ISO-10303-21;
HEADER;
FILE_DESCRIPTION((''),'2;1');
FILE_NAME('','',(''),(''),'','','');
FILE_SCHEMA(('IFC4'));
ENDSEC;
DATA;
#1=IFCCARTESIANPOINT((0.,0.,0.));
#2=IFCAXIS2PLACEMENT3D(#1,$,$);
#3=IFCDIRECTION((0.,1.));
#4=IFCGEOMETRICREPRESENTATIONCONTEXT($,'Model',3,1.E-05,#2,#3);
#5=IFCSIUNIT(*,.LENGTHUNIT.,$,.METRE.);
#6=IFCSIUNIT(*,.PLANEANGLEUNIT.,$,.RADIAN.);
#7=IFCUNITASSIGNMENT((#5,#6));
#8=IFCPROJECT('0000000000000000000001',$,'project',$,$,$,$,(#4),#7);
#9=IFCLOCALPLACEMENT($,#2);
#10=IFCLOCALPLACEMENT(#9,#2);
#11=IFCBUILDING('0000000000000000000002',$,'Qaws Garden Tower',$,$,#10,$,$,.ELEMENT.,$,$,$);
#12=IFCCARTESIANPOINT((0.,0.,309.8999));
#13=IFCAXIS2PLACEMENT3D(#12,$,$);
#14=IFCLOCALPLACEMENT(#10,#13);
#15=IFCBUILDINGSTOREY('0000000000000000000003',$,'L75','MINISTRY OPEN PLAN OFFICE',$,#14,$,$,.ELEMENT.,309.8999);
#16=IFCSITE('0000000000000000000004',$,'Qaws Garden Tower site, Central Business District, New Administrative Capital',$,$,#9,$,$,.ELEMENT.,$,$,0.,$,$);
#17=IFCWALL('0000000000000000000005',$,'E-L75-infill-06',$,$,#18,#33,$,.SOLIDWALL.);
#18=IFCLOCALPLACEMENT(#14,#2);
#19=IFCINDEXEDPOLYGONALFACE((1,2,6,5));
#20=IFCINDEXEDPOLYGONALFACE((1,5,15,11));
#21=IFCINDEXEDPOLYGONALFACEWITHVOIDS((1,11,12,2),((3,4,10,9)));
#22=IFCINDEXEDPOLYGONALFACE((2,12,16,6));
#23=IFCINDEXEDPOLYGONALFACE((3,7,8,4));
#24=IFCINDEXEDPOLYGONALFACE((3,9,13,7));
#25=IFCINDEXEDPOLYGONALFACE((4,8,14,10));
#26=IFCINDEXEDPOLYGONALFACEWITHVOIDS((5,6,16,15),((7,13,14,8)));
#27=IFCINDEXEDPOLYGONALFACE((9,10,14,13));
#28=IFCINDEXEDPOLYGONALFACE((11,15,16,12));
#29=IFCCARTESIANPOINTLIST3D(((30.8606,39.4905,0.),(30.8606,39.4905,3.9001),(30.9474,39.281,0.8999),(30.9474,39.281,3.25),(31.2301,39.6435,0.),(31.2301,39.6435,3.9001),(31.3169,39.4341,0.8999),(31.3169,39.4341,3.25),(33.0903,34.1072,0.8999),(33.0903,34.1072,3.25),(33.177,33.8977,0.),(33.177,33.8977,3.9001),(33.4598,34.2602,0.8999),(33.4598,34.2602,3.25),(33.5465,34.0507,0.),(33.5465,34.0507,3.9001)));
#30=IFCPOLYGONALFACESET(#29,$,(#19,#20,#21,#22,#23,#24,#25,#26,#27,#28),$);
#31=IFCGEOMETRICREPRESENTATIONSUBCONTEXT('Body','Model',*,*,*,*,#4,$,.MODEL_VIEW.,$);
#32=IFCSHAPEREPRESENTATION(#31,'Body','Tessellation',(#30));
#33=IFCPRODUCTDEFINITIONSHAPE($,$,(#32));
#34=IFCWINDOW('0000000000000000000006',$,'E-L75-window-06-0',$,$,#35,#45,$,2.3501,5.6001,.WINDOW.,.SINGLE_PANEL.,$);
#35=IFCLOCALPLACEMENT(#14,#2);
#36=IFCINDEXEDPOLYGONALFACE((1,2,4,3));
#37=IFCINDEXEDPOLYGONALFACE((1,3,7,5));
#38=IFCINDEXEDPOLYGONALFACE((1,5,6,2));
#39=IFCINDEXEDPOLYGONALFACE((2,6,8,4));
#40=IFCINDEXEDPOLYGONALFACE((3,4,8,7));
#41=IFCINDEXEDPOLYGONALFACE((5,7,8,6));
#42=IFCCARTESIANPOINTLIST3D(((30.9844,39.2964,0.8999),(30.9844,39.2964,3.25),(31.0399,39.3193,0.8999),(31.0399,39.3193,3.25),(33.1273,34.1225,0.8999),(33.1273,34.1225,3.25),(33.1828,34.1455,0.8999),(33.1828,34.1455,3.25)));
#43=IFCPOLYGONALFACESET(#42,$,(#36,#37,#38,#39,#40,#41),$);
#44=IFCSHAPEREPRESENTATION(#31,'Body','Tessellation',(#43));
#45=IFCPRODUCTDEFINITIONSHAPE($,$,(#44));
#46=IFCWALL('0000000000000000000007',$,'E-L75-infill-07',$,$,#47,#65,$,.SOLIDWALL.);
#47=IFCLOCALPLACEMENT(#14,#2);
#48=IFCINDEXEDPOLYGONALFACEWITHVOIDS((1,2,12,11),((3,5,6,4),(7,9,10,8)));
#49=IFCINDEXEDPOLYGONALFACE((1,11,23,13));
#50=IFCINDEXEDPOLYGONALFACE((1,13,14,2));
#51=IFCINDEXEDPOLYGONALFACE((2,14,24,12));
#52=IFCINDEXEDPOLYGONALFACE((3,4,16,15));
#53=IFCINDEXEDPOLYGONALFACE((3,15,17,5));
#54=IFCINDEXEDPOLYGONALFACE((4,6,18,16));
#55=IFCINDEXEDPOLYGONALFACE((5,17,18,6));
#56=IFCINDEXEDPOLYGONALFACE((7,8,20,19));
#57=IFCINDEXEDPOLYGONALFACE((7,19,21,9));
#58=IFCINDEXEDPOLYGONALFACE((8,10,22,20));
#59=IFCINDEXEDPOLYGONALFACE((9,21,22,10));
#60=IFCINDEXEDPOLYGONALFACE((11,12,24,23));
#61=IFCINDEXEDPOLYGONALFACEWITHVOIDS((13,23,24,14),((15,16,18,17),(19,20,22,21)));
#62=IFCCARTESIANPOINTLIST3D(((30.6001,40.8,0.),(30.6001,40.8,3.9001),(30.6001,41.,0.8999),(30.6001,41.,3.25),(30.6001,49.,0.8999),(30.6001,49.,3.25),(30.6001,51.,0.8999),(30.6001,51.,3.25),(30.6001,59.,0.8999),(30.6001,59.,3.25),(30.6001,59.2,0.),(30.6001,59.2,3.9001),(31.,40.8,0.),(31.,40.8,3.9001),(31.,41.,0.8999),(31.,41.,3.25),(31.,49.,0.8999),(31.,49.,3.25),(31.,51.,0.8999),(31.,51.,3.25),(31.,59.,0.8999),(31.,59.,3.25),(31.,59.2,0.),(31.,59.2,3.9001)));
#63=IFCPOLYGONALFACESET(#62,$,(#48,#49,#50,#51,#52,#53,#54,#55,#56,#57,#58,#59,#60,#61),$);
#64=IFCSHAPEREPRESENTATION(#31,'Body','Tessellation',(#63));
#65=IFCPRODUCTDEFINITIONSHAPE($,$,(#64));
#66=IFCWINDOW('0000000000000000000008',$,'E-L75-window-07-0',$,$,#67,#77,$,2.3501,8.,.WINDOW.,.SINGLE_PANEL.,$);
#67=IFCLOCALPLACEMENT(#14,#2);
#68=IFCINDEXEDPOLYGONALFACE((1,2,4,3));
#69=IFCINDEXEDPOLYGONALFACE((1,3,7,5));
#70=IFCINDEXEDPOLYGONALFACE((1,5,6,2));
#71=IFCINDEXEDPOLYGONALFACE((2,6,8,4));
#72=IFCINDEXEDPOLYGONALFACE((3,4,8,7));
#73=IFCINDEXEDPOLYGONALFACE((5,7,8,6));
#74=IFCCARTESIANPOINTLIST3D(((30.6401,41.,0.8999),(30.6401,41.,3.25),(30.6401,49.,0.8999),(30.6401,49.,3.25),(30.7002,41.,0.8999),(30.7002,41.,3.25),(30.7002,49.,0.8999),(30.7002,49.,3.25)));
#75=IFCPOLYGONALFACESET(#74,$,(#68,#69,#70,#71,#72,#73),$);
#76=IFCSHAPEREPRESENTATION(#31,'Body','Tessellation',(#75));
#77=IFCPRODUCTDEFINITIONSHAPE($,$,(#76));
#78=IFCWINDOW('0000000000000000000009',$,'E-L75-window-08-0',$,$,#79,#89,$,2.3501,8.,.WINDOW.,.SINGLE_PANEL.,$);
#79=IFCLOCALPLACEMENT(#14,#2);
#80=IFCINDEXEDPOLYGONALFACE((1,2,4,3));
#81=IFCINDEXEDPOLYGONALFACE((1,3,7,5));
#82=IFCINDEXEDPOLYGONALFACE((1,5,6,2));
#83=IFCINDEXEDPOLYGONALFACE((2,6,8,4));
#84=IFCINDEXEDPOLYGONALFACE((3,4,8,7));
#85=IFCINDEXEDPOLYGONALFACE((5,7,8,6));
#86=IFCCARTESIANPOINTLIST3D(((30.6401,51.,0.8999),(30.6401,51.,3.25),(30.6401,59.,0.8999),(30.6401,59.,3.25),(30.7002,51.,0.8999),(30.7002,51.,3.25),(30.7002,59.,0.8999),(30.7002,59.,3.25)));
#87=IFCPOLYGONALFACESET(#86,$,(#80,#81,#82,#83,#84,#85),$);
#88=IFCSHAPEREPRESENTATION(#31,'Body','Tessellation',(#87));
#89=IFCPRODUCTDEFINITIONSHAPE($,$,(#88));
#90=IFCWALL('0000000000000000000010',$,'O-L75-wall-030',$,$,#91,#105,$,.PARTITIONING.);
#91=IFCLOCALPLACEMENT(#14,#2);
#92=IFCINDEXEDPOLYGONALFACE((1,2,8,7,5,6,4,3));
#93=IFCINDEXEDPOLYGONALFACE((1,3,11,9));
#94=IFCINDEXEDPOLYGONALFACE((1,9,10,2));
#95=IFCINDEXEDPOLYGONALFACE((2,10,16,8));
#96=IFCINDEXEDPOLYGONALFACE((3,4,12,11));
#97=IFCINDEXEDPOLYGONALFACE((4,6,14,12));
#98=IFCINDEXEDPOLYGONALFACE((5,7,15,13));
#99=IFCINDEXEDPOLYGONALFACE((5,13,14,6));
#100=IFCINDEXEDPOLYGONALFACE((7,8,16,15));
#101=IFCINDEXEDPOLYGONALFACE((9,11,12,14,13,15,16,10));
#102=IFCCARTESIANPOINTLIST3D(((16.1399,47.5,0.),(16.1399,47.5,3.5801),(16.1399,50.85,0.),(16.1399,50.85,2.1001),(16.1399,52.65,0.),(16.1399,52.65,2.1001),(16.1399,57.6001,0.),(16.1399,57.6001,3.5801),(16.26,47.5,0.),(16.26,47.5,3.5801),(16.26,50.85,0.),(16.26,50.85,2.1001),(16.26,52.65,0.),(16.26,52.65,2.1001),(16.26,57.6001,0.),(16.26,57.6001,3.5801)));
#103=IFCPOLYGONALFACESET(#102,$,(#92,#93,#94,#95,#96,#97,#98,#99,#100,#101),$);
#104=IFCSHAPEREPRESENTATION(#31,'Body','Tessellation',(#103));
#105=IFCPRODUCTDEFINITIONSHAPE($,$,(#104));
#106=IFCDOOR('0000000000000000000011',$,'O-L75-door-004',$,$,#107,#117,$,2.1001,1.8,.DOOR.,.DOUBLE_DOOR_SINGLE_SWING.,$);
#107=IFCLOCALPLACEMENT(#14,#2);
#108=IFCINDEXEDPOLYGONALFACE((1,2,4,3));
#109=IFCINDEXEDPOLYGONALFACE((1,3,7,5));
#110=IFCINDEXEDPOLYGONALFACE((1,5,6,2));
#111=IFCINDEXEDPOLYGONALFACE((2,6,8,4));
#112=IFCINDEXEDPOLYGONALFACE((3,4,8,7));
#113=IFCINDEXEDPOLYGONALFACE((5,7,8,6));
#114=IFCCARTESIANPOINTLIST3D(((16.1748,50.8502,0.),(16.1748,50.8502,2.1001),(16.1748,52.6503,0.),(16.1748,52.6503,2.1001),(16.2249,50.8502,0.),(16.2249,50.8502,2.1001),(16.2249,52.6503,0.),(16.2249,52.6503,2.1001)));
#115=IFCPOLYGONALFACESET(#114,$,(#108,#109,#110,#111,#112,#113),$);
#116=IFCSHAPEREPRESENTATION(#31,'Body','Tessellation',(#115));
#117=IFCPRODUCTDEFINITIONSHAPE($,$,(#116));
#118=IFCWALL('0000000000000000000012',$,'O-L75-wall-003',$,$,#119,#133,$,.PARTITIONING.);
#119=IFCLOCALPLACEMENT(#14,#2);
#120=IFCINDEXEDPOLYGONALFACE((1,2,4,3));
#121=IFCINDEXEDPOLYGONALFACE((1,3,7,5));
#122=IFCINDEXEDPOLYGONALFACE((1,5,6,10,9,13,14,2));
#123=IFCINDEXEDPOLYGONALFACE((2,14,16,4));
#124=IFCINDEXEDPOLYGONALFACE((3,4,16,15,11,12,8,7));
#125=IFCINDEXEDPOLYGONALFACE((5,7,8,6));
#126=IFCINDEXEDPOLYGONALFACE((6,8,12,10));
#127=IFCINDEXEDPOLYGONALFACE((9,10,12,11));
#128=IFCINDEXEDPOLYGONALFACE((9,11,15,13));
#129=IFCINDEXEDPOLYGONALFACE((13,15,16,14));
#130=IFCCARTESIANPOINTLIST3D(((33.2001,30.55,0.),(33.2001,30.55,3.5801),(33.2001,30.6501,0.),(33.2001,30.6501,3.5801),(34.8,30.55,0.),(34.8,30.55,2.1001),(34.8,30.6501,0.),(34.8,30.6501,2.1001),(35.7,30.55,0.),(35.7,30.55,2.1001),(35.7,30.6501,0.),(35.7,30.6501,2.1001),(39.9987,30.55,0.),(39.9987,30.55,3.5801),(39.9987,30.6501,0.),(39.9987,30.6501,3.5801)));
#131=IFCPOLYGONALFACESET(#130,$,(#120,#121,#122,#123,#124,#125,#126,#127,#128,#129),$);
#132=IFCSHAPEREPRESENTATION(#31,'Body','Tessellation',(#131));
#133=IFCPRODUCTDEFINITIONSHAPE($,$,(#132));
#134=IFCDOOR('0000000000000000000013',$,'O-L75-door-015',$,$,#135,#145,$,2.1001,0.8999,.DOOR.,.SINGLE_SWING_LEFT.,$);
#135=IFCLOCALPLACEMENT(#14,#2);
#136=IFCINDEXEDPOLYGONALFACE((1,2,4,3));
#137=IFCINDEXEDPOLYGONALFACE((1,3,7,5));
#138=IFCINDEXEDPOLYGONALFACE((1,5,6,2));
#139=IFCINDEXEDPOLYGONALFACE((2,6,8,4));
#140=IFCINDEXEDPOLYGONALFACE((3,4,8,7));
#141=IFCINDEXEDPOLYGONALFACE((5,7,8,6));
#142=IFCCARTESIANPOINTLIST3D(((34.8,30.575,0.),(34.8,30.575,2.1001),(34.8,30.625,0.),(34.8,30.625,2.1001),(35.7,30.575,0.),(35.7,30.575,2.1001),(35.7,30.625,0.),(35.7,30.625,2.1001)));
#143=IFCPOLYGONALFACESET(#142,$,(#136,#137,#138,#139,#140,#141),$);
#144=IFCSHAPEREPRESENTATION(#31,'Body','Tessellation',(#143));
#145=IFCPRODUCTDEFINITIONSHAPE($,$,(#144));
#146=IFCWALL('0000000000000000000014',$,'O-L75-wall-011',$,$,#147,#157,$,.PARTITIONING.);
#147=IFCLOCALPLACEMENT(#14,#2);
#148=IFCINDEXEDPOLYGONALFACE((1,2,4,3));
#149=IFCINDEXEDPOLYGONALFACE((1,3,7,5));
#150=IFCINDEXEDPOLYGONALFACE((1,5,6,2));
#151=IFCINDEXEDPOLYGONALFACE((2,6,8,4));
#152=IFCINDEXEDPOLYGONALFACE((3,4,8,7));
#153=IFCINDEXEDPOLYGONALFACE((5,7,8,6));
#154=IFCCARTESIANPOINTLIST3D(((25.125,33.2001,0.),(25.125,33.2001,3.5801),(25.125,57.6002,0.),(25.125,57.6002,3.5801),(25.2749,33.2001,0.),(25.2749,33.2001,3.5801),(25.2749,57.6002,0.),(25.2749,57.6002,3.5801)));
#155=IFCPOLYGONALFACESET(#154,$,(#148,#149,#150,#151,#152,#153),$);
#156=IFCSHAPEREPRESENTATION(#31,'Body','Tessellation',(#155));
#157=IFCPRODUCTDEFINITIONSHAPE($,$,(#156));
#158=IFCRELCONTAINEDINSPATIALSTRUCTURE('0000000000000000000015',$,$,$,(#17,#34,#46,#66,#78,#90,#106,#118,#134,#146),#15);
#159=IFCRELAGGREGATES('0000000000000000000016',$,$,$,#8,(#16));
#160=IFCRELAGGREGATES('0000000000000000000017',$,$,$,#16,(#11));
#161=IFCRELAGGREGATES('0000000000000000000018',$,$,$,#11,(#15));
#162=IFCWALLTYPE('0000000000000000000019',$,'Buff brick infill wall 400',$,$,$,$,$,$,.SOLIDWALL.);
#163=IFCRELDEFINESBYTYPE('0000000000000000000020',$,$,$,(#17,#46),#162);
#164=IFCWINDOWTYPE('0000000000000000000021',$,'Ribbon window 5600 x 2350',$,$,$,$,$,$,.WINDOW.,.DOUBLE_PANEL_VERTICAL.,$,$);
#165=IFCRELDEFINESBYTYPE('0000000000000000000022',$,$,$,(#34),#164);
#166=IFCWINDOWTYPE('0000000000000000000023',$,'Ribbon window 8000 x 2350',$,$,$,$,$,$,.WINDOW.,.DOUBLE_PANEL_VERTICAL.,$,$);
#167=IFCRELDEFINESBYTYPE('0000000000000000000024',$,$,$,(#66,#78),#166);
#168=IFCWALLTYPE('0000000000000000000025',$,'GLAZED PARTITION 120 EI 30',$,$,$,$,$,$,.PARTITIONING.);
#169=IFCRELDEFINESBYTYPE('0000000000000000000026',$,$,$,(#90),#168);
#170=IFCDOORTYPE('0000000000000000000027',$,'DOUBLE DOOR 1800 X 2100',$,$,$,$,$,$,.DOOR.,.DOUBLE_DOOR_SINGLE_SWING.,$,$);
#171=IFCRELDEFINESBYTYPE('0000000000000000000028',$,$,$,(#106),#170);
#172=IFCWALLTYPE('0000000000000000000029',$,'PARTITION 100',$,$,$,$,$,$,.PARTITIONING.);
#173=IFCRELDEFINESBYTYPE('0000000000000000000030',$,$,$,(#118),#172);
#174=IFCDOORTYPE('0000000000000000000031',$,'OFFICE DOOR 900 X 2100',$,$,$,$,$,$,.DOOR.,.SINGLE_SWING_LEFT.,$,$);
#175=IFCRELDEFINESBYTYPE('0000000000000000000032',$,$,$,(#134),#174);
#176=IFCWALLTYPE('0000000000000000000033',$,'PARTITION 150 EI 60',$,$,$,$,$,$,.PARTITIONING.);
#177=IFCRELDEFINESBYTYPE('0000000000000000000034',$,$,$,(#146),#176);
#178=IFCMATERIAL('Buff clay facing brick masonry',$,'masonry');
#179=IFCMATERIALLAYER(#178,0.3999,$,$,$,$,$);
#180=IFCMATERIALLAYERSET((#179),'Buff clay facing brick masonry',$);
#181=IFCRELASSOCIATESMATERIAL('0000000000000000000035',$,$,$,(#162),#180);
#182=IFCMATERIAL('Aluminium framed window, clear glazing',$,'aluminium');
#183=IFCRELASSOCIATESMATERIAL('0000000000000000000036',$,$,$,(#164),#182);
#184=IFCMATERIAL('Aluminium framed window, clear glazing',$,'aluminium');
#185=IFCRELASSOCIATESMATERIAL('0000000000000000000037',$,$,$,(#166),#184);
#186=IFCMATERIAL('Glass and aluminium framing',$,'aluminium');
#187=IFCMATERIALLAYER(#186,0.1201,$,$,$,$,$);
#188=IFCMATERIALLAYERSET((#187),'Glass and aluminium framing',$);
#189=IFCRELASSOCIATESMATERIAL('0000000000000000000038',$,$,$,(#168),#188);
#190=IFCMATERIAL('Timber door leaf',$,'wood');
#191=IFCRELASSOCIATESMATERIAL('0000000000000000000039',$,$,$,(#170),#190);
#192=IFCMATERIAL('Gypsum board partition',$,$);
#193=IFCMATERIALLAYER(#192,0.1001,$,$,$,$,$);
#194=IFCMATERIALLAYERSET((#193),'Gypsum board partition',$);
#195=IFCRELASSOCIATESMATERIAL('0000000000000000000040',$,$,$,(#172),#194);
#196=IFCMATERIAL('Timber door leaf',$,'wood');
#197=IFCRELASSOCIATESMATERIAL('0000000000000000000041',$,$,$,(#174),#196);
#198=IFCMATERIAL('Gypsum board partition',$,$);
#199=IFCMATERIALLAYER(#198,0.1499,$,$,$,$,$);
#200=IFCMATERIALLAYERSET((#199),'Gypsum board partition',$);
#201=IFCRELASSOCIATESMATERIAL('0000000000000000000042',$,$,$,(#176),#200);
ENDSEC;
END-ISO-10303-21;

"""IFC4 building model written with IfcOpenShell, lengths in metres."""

from ifc_helpers import new_model, si_unit, direction, frame, frame_2d, origin, place, context, subcontext, project, spatial, rectangle, extrude, material, layer, layer_set, type_object, element, fill, save


model = new_model("IFC4")

# Units and contexts
model_context = context("Model", 3, precision=1e-05, world=origin(), true_north=direction((0.0, 1.0)))
body_context = subcontext(model_context, "Body", "Model", "MODEL_VIEW")
ifc_project = project(units=[si_unit("LENGTHUNIT", "METRE"), si_unit("PLANEANGLEUNIT", "RADIAN")], contexts=[model_context])

# Site, building, storey
site_placement = place(None, origin())
site = spatial("IfcSite", under=ifc_project, at=site_placement, Name="Qaws Garden Tower site, Central Business District, New Administrative Capital", CompositionType="ELEMENT", RefElevation=0.0)
building_placement = place(site_placement, origin())
building = spatial("IfcBuilding", under=site, at=building_placement, Name="Qaws Garden Tower", CompositionType="ELEMENT")
storey_placement = place(building_placement, frame((0.0, 0.0, 309.8999)))
storey = spatial("IfcBuildingStorey", under=building, at=storey_placement, Name="L75", Description="MINISTRY OPEN PLAN OFFICE", CompositionType="ELEMENT", Elevation=309.8999)

# Wall, opening, window
ifc_material_1 = material(Name="Buff clay facing brick masonry", Category="masonry")
ifc_layer_1 = layer(ifc_material_1, 0.3999)
ifc_layer_set_1 = layer_set([ifc_layer_1], Name="Buff clay facing brick masonry")
wall_type_1 = type_object("IfcWallType", Name="Buff brick infill wall 400", PredefinedType="SOLIDWALL", material=ifc_layer_set_1)
ifc_material_2 = material(Name="Aluminium framed window, clear glazing", Category="aluminium")
window_type_1 = type_object("IfcWindowType", Name="Ribbon window 5600 x 2350", PartitioningType="DOUBLE_PANEL_VERTICAL", PredefinedType="WINDOW", material=ifc_material_2)
wall_1_placement = place(storey_placement, frame((33.3618, 33.9741, 0.0), z_axis=(0.0, 0.0, 1.0), x_axis=(-0.382656, 0.923891, 0.0)))
wall_1 = element("IfcWall", 1, at=wall_1_placement, inside=storey, type_object=wall_type_1, Name="E-L75-infill-06", PredefinedType="SOLIDWALL", context=body_context, shape_type="SweptSolid", body=[
    extrude(rectangle(XDim=6.0535, YDim=0.3999, at=frame_2d((3.0269, 0.0))), origin(), (0.0, 0.0, 1.0), 3.9001),
])
opening_1_placement = place(wall_1_placement, frame((0.2268, 0.0, 0.8999)))
opening_1 = element("IfcOpeningElement", 2, at=opening_1_placement, cuts=wall_1, PredefinedType="OPENING", context=body_context, shape_type="SweptSolid", body=[
    extrude(rectangle(XDim=5.6001, YDim=2.3501, at=frame_2d((2.8, 1.175))), frame((0.0, 0.21, 0.0), z_axis=(0.0, -1.0, 0.0), x_axis=(1.0, 0.0, 0.0)), (0.0, 0.0, 1.0), 0.4199),
])
window_1_placement = place(opening_1_placement, origin())
window_1 = element("IfcWindow", 3, at=window_1_placement, inside=storey, type_object=window_type_1, Name="E-L75-window-06-0", OverallHeight=2.3501, OverallWidth=5.6001, PartitioningType="SINGLE_PANEL", PredefinedType="WINDOW", context=body_context, shape_type="SweptSolid", body=[
    extrude(rectangle(XDim=5.6001, YDim=2.3501, at=frame_2d((2.8, 1.175))), frame((0.0, 0.1599, 0.0), z_axis=(0.0, -1.0, 0.0), x_axis=(1.0, 0.0, 0.0)), (0.0, 0.0, 1.0), 0.0601),
])
fill(opening_1, window_1)

# Wall, openings, windows
wall_2_placement = place(storey_placement, frame((30.8, 40.8, 0.0), z_axis=(0.0, 0.0, 1.0), x_axis=(0.0, 1.0, 0.0)))
wall_2 = element("IfcWall", 4, at=wall_2_placement, inside=storey, type_object=wall_type_1, Name="E-L75-infill-07", PredefinedType="SOLIDWALL", context=body_context, shape_type="SweptSolid", body=[
    extrude(rectangle(XDim=18.3999, YDim=0.3999, at=frame_2d((9.2, 0.0))), origin(), (0.0, 0.0, 1.0), 3.9001),
])
opening_2_placement = place(wall_2_placement, frame((0.2, 0.0, 0.8999)))
opening_2 = element("IfcOpeningElement", 5, at=opening_2_placement, cuts=wall_2, PredefinedType="OPENING", context=body_context, shape_type="SweptSolid", body=[
    extrude(rectangle(XDim=8.0, YDim=2.3501, at=frame_2d((4.0, 1.175))), frame((0.0, 0.21, 0.0), z_axis=(0.0, -1.0, 0.0), x_axis=(1.0, 0.0, 0.0)), (0.0, 0.0, 1.0), 0.4199),
])
opening_3_placement = place(wall_2_placement, frame((10.2, 0.0, 0.8999)))
opening_3 = element("IfcOpeningElement", 6, at=opening_3_placement, cuts=wall_2, PredefinedType="OPENING", context=body_context, shape_type="SweptSolid", body=[
    extrude(rectangle(XDim=8.0, YDim=2.3501, at=frame_2d((4.0, 1.175))), frame((0.0, 0.21, 0.0), z_axis=(0.0, -1.0, 0.0), x_axis=(1.0, 0.0, 0.0)), (0.0, 0.0, 1.0), 0.4199),
])
ifc_material_3 = material(Name="Aluminium framed window, clear glazing", Category="aluminium")
window_type_2 = type_object("IfcWindowType", Name="Ribbon window 8000 x 2350", PartitioningType="DOUBLE_PANEL_VERTICAL", PredefinedType="WINDOW", material=ifc_material_3)
window_2_placement = place(opening_2_placement, origin())
window_2 = element("IfcWindow", 7, at=window_2_placement, inside=storey, type_object=window_type_2, Name="E-L75-window-07-0", OverallHeight=2.3501, OverallWidth=8.0, PartitioningType="SINGLE_PANEL", PredefinedType="WINDOW", context=body_context, shape_type="SweptSolid", body=[
    extrude(rectangle(XDim=8.0, YDim=2.3501, at=frame_2d((4.0, 1.175))), frame((0.0, 0.1599, 0.0), z_axis=(0.0, -1.0, 0.0), x_axis=(1.0, 0.0, 0.0)), (0.0, 0.0, 1.0), 0.0601),
])
fill(opening_2, window_2)
window_3_placement = place(opening_3_placement, origin())
window_3 = element("IfcWindow", 8, at=window_3_placement, inside=storey, type_object=window_type_2, Name="E-L75-window-08-0", OverallHeight=2.3501, OverallWidth=8.0, PartitioningType="SINGLE_PANEL", PredefinedType="WINDOW", context=body_context, shape_type="SweptSolid", body=[
    extrude(rectangle(XDim=8.0, YDim=2.3501, at=frame_2d((4.0, 1.175))), frame((0.0, 0.1599, 0.0), z_axis=(0.0, -1.0, 0.0), x_axis=(1.0, 0.0, 0.0)), (0.0, 0.0, 1.0), 0.0601),
])
fill(opening_3, window_3)

# Walls, openings, doors
ifc_material_4 = material(Name="Glass and aluminium framing", Category="aluminium")
ifc_layer_2 = layer(ifc_material_4, 0.1201)
ifc_layer_set_2 = layer_set([ifc_layer_2], Name="Glass and aluminium framing")
wall_type_2 = type_object("IfcWallType", Name="GLAZED PARTITION 120 EI 30", PredefinedType="PARTITIONING", material=ifc_layer_set_2)
wall_3_placement = place(storey_placement, frame((16.2, 47.5, 0.0), z_axis=(0.0, 0.0, 1.0), x_axis=(0.0, 1.0, 0.0)))
wall_3 = element("IfcWall", 9, at=wall_3_placement, inside=storey, type_object=wall_type_2, Name="O-L75-wall-030", PredefinedType="PARTITIONING", context=body_context, shape_type="SweptSolid", body=[
    extrude(rectangle(XDim=10.1001, YDim=0.1201, at=frame_2d((5.05, 0.0))), origin(), (0.0, 0.0, 1.0), 3.5801),
])
opening_4_placement = place(wall_3_placement, frame((3.3501, 0.0, 0.0)))
opening_4 = element("IfcOpeningElement", 10, at=opening_4_placement, cuts=wall_3, PredefinedType="OPENING", context=body_context, shape_type="SweptSolid", body=[
    extrude(rectangle(XDim=1.8, YDim=2.1001, at=frame_2d((0.8999, 1.05))), frame((0.0, 0.0701, 0.0), z_axis=(0.0, -1.0, 0.0), x_axis=(1.0, 0.0, 0.0)), (0.0, 0.0, 1.0), 0.1401),
])
ifc_material_5 = material(Name="Timber door leaf", Category="wood")
door_type_1 = type_object("IfcDoorType", Name="DOUBLE DOOR 1800 X 2100", OperationType="DOUBLE_DOOR_SINGLE_SWING", PredefinedType="DOOR", material=ifc_material_5)
door_1_placement = place(opening_4_placement, frame((1.8, 0.0, 0.0), z_axis=(0.0, 0.0, 1.0), x_axis=(-1.0, 0.0, 0.0)))
door_1 = element("IfcDoor", 11, at=door_1_placement, inside=storey, type_object=door_type_1, Name="O-L75-door-004", OperationType="DOUBLE_DOOR_SINGLE_SWING", OverallHeight=2.1001, OverallWidth=1.8, PredefinedType="DOOR", context=body_context, shape_type="SweptSolid", body=[
    extrude(rectangle(XDim=1.8, YDim=2.1001, at=frame_2d((0.8999, 1.05))), frame((0.0, 0.0249, 0.0), z_axis=(0.0, -1.0, 0.0), x_axis=(1.0, 0.0, 0.0)), (0.0, 0.0, 1.0), 0.05),
])
fill(opening_4, door_1)
ifc_material_6 = material(Name="Gypsum board partition")
ifc_layer_3 = layer(ifc_material_6, 0.1001)
ifc_layer_set_3 = layer_set([ifc_layer_3], Name="Gypsum board partition")
wall_type_3 = type_object("IfcWallType", Name="PARTITION 100", PredefinedType="PARTITIONING", material=ifc_layer_set_3)
wall_4_placement = place(storey_placement, frame((33.2, 30.6001, 0.0), z_axis=(0.0, 0.0, 1.0), x_axis=(1.0, 0.0, 0.0)))
wall_4 = element("IfcWall", 12, at=wall_4_placement, inside=storey, type_object=wall_type_3, Name="O-L75-wall-003", PredefinedType="PARTITIONING", context=body_context, shape_type="SweptSolid", body=[
    extrude(rectangle(XDim=6.7986, YDim=0.1001, at=frame_2d((3.3994, 0.0))), origin(), (0.0, 0.0, 1.0), 3.5801),
])
opening_5_placement = place(wall_4_placement, frame((1.6001, 0.0, 0.0)))
opening_5 = element("IfcOpeningElement", 13, at=opening_5_placement, cuts=wall_4, PredefinedType="OPENING", context=body_context, shape_type="SweptSolid", body=[
    extrude(rectangle(XDim=0.8999, YDim=2.1001, at=frame_2d((0.45, 1.05))), frame((0.0, 0.0601, 0.0), z_axis=(0.0, -1.0, 0.0), x_axis=(1.0, 0.0, 0.0)), (0.0, 0.0, 1.0), 0.1201),
])
ifc_material_7 = material(Name="Timber door leaf", Category="wood")
door_type_2 = type_object("IfcDoorType", Name="OFFICE DOOR 900 X 2100", OperationType="SINGLE_SWING_LEFT", PredefinedType="DOOR", material=ifc_material_7)
door_2_placement = place(opening_5_placement, origin())
door_2 = element("IfcDoor", 14, at=door_2_placement, inside=storey, type_object=door_type_2, Name="O-L75-door-015", OperationType="SINGLE_SWING_LEFT", OverallHeight=2.1001, OverallWidth=0.8999, PredefinedType="DOOR", context=body_context, shape_type="SweptSolid", body=[
    extrude(rectangle(XDim=0.8999, YDim=2.1001, at=frame_2d((0.45, 1.05))), frame((0.0, 0.0249, 0.0), z_axis=(0.0, -1.0, 0.0), x_axis=(1.0, 0.0, 0.0)), (0.0, 0.0, 1.0), 0.05),
])
fill(opening_5, door_2)

# Wall
ifc_material_8 = material(Name="Gypsum board partition")
ifc_layer_4 = layer(ifc_material_8, 0.1499)
ifc_layer_set_4 = layer_set([ifc_layer_4], Name="Gypsum board partition")
wall_type_4 = type_object("IfcWallType", Name="PARTITION 150 EI 60", PredefinedType="PARTITIONING", material=ifc_layer_set_4)
wall_5_placement = place(storey_placement, frame((25.2, 33.2, 0.0), z_axis=(0.0, 0.0, 1.0), x_axis=(0.0, 1.0, 0.0)))
element("IfcWall", 15, at=wall_5_placement, inside=storey, type_object=wall_type_4, Name="O-L75-wall-011", PredefinedType="PARTITIONING", context=body_context, shape_type="SweptSolid", body=[
    extrude(rectangle(XDim=24.4001, YDim=0.1499, at=frame_2d((12.2002, 0.0))), origin(), (0.0, 0.0, 1.0), 3.5801),
])

save(model, "model.ifc")
